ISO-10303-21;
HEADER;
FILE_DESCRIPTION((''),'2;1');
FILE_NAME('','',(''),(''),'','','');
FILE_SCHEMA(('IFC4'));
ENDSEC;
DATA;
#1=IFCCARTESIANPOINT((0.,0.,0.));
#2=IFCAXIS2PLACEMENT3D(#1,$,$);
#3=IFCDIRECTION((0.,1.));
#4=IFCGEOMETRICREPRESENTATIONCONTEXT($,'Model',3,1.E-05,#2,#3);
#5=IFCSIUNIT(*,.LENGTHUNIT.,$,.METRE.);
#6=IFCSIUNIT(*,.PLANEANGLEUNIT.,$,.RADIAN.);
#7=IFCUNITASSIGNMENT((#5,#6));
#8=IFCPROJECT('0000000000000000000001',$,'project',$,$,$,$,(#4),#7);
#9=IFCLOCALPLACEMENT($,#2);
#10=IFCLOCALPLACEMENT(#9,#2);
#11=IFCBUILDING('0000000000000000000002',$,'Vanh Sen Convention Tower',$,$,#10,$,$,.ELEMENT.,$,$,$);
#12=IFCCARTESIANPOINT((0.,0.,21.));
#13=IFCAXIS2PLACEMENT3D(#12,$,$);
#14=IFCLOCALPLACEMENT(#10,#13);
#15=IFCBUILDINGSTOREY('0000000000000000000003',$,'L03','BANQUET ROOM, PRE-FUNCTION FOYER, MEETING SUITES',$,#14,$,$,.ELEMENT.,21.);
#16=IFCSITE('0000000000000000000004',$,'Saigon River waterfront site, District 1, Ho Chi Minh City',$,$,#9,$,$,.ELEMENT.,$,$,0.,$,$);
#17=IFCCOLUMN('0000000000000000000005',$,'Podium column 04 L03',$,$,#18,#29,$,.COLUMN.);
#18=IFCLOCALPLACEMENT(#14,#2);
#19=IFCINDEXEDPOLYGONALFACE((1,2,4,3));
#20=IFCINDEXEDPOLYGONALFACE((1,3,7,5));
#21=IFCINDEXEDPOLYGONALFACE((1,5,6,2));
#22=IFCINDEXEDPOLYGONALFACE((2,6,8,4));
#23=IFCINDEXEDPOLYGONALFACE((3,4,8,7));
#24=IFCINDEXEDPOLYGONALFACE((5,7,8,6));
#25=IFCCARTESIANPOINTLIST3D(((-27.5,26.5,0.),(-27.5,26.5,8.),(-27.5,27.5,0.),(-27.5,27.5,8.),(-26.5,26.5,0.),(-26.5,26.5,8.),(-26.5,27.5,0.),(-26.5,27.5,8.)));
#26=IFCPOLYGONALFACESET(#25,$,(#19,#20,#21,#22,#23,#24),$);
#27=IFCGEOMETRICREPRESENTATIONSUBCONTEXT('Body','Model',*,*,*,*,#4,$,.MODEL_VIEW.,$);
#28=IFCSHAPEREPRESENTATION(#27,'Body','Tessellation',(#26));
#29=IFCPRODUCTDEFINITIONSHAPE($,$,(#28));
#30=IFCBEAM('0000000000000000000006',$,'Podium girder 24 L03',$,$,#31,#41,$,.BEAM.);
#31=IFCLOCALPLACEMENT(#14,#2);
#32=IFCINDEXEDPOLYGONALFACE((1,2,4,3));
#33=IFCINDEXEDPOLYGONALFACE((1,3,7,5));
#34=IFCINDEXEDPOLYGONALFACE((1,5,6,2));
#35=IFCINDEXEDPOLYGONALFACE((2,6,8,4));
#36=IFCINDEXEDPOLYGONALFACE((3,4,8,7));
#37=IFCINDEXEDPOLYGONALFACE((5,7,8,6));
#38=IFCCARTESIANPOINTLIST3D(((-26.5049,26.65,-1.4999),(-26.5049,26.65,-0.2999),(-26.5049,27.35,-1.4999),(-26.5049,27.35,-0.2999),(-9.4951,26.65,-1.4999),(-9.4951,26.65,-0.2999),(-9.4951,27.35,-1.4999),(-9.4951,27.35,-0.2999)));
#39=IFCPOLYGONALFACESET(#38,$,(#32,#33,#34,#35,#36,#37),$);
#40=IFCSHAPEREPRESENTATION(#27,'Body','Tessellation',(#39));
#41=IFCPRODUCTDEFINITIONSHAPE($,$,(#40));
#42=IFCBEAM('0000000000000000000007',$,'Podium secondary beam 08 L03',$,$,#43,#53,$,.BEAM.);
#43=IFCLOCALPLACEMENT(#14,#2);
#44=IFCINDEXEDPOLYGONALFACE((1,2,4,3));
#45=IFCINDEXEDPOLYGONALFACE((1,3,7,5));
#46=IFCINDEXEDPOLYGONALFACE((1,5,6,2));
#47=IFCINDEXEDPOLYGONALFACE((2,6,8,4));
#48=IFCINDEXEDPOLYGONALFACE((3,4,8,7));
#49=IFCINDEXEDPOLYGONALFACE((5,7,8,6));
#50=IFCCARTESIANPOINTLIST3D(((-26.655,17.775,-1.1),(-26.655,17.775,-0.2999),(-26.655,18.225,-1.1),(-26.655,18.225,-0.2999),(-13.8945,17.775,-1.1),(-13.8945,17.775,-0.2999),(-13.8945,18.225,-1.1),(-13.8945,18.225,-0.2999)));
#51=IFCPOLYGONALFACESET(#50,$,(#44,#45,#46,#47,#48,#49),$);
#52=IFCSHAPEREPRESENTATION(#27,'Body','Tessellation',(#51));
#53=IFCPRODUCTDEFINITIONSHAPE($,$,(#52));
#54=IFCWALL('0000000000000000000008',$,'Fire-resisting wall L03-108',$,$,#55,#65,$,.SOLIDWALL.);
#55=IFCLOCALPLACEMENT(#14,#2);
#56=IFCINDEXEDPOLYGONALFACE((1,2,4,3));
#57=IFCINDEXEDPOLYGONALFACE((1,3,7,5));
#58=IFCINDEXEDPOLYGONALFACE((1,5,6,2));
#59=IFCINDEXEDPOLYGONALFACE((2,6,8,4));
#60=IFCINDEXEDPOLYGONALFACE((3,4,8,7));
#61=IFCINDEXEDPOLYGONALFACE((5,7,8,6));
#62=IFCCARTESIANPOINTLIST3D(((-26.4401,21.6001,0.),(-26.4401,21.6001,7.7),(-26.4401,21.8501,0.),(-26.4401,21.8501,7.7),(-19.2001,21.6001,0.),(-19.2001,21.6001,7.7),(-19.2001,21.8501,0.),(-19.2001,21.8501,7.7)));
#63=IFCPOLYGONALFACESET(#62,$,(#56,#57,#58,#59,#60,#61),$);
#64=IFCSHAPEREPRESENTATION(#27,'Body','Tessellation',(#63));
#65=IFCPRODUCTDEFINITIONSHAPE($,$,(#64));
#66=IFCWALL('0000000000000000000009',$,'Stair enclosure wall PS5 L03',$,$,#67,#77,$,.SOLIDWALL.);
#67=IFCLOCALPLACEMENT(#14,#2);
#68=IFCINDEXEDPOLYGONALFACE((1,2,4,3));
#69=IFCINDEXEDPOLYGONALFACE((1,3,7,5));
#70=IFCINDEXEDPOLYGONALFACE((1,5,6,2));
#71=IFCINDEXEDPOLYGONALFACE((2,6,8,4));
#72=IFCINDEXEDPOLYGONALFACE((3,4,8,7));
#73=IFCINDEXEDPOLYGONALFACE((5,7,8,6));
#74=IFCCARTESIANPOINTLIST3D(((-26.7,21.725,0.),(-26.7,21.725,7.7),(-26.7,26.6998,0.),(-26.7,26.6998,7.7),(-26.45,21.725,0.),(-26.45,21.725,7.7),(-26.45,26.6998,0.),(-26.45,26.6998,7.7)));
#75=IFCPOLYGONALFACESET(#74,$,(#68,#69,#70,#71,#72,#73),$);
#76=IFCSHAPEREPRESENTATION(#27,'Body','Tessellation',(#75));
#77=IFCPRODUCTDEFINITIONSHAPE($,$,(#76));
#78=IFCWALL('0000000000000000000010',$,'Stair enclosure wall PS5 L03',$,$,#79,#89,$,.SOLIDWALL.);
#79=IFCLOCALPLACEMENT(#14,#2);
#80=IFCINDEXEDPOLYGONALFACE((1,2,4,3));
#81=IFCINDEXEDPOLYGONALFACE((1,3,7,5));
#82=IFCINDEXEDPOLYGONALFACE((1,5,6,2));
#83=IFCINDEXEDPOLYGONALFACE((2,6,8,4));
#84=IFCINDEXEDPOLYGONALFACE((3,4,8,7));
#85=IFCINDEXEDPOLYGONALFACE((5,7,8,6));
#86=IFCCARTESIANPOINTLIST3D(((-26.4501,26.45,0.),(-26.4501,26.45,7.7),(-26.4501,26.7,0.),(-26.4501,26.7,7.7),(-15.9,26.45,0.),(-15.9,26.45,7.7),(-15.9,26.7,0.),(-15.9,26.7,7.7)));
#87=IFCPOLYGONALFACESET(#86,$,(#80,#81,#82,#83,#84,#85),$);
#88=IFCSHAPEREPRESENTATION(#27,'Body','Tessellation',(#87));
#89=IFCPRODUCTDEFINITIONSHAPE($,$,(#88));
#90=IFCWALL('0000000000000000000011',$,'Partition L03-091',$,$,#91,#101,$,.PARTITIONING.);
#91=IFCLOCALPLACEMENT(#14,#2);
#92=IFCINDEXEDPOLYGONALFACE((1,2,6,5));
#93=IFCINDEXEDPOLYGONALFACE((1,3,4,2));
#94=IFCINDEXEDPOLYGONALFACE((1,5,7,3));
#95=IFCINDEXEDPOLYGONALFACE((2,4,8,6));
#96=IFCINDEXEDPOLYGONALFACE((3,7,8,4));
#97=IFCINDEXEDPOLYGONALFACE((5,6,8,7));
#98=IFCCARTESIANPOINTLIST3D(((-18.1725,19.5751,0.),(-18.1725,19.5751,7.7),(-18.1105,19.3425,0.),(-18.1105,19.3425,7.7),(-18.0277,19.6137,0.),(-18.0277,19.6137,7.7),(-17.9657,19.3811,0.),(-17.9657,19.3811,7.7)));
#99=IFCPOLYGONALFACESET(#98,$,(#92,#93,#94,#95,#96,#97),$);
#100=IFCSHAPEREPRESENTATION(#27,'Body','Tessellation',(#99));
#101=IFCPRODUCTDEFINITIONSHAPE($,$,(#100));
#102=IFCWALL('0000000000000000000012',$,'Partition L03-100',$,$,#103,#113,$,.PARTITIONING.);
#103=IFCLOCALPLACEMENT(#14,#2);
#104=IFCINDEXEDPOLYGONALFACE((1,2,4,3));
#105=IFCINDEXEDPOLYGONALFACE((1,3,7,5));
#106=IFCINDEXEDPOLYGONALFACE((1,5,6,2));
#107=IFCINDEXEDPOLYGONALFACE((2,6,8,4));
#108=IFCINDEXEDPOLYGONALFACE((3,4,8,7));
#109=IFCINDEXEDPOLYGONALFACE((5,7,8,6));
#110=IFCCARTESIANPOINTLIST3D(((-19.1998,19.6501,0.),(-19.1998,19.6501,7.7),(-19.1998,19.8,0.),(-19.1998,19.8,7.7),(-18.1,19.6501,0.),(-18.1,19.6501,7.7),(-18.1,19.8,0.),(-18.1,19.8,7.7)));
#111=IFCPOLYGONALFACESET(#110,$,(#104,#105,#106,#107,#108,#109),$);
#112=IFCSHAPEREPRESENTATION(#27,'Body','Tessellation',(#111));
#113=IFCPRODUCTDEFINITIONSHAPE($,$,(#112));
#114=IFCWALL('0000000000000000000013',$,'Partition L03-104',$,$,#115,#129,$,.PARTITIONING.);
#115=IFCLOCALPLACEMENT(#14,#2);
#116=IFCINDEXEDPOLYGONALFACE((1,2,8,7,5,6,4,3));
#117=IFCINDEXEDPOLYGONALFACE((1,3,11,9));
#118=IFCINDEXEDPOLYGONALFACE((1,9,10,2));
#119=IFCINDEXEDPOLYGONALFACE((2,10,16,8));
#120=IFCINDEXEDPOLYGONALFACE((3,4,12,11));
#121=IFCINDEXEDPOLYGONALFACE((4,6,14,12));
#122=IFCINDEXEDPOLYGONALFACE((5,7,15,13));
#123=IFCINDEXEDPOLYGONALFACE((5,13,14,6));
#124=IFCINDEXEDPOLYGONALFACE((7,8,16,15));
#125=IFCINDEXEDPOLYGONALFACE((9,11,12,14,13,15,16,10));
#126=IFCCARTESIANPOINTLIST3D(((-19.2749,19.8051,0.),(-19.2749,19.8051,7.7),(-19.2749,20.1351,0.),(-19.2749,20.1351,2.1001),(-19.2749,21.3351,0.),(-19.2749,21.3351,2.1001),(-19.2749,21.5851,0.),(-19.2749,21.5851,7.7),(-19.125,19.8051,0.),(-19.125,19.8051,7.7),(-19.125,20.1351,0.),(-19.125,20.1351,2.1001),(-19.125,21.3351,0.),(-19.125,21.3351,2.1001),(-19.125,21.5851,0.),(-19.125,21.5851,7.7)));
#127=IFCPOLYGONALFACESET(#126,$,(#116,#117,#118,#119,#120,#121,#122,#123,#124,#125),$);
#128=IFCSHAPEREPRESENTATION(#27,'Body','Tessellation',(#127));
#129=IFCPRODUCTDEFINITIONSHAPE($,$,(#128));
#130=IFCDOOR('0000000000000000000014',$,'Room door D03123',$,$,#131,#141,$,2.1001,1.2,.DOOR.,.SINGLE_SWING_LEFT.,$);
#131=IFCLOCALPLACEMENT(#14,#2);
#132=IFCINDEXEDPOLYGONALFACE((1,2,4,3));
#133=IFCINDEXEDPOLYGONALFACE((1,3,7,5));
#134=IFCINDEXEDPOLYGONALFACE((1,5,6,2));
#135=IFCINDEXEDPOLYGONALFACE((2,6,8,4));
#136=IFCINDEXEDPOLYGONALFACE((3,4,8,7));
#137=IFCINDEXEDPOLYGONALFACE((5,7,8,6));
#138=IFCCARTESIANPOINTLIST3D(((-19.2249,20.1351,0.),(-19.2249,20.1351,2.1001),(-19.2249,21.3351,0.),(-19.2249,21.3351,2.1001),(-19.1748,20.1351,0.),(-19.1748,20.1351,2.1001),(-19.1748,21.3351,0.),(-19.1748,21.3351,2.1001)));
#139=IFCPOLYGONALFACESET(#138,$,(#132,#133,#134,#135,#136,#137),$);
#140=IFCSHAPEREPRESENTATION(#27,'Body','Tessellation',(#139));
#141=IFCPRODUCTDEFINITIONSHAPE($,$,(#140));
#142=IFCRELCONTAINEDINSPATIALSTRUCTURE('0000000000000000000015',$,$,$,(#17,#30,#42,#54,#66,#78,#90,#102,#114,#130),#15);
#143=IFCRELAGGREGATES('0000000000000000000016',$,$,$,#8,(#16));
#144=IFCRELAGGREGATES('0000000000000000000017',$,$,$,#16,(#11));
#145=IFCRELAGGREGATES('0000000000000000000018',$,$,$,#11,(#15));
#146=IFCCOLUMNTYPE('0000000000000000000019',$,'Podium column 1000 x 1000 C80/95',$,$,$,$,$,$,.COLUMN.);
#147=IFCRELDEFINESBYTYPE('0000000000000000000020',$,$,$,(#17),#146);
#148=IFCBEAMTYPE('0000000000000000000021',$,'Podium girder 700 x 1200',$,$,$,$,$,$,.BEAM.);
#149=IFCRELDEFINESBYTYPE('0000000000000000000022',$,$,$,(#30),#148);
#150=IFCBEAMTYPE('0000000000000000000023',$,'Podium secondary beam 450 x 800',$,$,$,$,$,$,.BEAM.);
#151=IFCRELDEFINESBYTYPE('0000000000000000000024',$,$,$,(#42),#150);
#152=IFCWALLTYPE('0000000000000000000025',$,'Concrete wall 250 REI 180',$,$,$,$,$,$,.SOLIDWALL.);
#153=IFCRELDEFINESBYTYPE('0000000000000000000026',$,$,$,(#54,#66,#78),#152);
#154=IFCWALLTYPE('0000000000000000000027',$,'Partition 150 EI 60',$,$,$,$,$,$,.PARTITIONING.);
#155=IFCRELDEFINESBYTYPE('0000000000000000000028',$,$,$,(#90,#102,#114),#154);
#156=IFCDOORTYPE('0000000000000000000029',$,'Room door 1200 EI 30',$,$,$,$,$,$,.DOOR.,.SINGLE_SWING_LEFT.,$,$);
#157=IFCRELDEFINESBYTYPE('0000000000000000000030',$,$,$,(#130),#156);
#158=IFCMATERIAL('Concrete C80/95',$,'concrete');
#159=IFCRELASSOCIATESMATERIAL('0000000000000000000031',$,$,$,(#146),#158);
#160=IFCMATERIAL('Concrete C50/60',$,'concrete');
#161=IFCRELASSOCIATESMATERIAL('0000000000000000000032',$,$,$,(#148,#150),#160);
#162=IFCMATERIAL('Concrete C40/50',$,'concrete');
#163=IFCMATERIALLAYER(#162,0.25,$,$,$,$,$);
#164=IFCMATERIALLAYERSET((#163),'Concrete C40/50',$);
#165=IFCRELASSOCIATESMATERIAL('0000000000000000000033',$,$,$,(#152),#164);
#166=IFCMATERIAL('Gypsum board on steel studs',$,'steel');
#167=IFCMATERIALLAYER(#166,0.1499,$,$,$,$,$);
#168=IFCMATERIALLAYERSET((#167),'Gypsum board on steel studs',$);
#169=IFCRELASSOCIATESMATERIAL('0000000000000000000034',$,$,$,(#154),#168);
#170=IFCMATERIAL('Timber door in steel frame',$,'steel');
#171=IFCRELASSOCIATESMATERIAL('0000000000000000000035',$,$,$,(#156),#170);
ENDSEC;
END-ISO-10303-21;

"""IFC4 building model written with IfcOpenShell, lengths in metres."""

from ifc_helpers import new_model, si_unit, direction, frame, frame_2d, origin, origin_2d, place, context, subcontext, project, spatial, rectangle, extrude, material, layer, layer_set, material_profile, profile_set, type_object, element, fill, save


model = new_model("IFC4")

# Units and contexts
model_context = context("Model", 3, precision=1e-05, world=origin(), true_north=direction((0.0, 1.0)))
body_context = subcontext(model_context, "Body", "Model", "MODEL_VIEW")
ifc_project = project(units=[si_unit("LENGTHUNIT", "METRE"), si_unit("PLANEANGLEUNIT", "RADIAN")], contexts=[model_context])

# Site, building, storey
site_placement = place(None, origin())
site = spatial("IfcSite", under=ifc_project, at=site_placement, Name="Saigon River waterfront site, District 1, Ho Chi Minh City", CompositionType="ELEMENT", RefElevation=0.0)
building_placement = place(site_placement, origin())
building = spatial("IfcBuilding", under=site, at=building_placement, Name="Vanh Sen Convention Tower", CompositionType="ELEMENT")
storey_placement = place(building_placement, frame((0.0, 0.0, 21.0)))
storey = spatial("IfcBuildingStorey", under=building, at=storey_placement, Name="L03", Description="BANQUET ROOM, PRE-FUNCTION FOYER, MEETING SUITES", CompositionType="ELEMENT", Elevation=21.0)

# Column
ifc_material_1 = material(Name="Concrete C80/95", Category="concrete")
ifc_material_profile_1 = material_profile(ifc_material_1, rectangle(XDim=1.0, YDim=1.0, at=origin_2d()), Name="RC 1000X1000")
ifc_profile_set_1 = profile_set([ifc_material_profile_1], Name="Concrete C80/95")
column_type = type_object("IfcColumnType", Name="Podium column 1000 x 1000 C80/95", PredefinedType="COLUMN", material=ifc_profile_set_1)
column_placement = place(storey_placement, frame((-27.0, 27.0, 0.0), z_axis=(0.0, 0.0, 1.0), x_axis=(1.0, 0.0, 0.0)))
element("IfcColumn", 1, at=column_placement, inside=storey, type_object=column_type, Name="Podium column 04 L03", PredefinedType="COLUMN", context=body_context, shape_type="SweptSolid", body=[
    extrude(rectangle(XDim=1.0, YDim=1.0, at=origin_2d()), origin(), (0.0, 0.0, 1.0), 8.0),
])

# Beams
ifc_material_2 = material(Name="Concrete C50/60", Category="concrete")
ifc_material_profile_2 = material_profile(ifc_material_2, rectangle(XDim=0.7, YDim=1.2, at=origin_2d()), Name="RC 700X1200")
ifc_profile_set_2 = profile_set([ifc_material_profile_2], Name="Concrete C50/60")
beam_type_1 = type_object("IfcBeamType", Name="Podium girder 700 x 1200", PredefinedType="BEAM", material=ifc_profile_set_2)
beam_1_placement = place(storey_placement, frame((-26.5049, 27.0, -0.8999), z_axis=(1.0, 0.0, 0.0), x_axis=(0.0, 1.0, 0.0)))
element("IfcBeam", 2, at=beam_1_placement, inside=storey, type_object=beam_type_1, Name="Podium girder 24 L03", PredefinedType="BEAM", context=body_context, shape_type="SweptSolid", body=[
    extrude(rectangle(XDim=0.7, YDim=1.2, at=origin_2d()), origin(), (0.0, 0.0, 1.0), 17.0098),
])
ifc_material_profile_3 = material_profile(ifc_material_2, rectangle(XDim=0.45, YDim=0.8, at=origin_2d()), Name="RC 450X800")
ifc_profile_set_3 = profile_set([ifc_material_profile_3], Name="Concrete C50/60")
beam_type_2 = type_object("IfcBeamType", Name="Podium secondary beam 450 x 800", PredefinedType="BEAM", material=ifc_profile_set_3)
beam_2_placement = place(storey_placement, frame((-26.655, 18.0, -0.7), z_axis=(1.0, 0.0, 0.0), x_axis=(0.0, 1.0, 0.0)))
element("IfcBeam", 3, at=beam_2_placement, inside=storey, type_object=beam_type_2, Name="Podium secondary beam 08 L03", PredefinedType="BEAM", context=body_context, shape_type="SweptSolid", body=[
    extrude(rectangle(XDim=0.45, YDim=0.8, at=origin_2d()), origin(), (0.0, 0.0, 1.0), 12.7605),
])

# Wall
ifc_material_3 = material(Name="Concrete C40/50", Category="concrete")
ifc_layer_1 = layer(ifc_material_3, 0.25)
ifc_layer_set_1 = layer_set([ifc_layer_1], Name="Concrete C40/50")
wall_type_1 = type_object("IfcWallType", Name="Concrete wall 250 REI 180", PredefinedType="SOLIDWALL", material=ifc_layer_set_1)
wall_1_placement = place(storey_placement, frame((-19.2, 21.7251, 0.0), z_axis=(0.0, 0.0, 1.0), x_axis=(-1.0, 0.0, 0.0)))
element("IfcWall", 4, at=wall_1_placement, inside=storey, type_object=wall_type_1, Name="Fire-resisting wall L03-108", PredefinedType="SOLIDWALL", context=body_context, shape_type="SweptSolid", body=[
    extrude(rectangle(XDim=7.24, YDim=0.25, at=frame_2d((3.6201, 0.0))), origin(), (0.0, 0.0, 1.0), 7.7),
])

# Walls
wall_2_placement = place(storey_placement, frame((-26.575, 21.7251, 0.0), z_axis=(0.0, 0.0, 1.0), x_axis=(0.0, 1.0, 0.0)))
element("IfcWall", 5, at=wall_2_placement, inside=storey, type_object=wall_type_1, Name="Stair enclosure wall PS5 L03", PredefinedType="SOLIDWALL", context=body_context, shape_type="SweptSolid", body=[
    extrude(rectangle(XDim=4.9749, YDim=0.25, at=frame_2d((2.4873, 0.0))), origin(), (0.0, 0.0, 1.0), 7.7),
])
wall_3_placement = place(storey_placement, frame((-26.45, 26.575, 0.0), z_axis=(0.0, 0.0, 1.0), x_axis=(1.0, 0.0, 0.0)))
element("IfcWall", 6, at=wall_3_placement, inside=storey, type_object=wall_type_1, Name="Stair enclosure wall PS5 L03", PredefinedType="SOLIDWALL", context=body_context, shape_type="SweptSolid", body=[
    extrude(rectangle(XDim=10.55, YDim=0.25, at=frame_2d((5.2749, 0.0))), origin(), (0.0, 0.0, 1.0), 7.7),
])
ifc_material_4 = material(Name="Gypsum board on steel studs", Category="steel")
ifc_layer_2 = layer(ifc_material_4, 0.1499)
ifc_layer_set_2 = layer_set([ifc_layer_2], Name="Gypsum board on steel studs")
wall_type_2 = type_object("IfcWallType", Name="Partition 150 EI 60", PredefinedType="PARTITIONING", material=ifc_layer_set_2)
wall_4_placement = place(storey_placement, frame((-18.0381, 19.3618, 0.0), z_axis=(0.0, 0.0, 1.0), x_axis=(-0.257536, 0.966269, 0.0)))
element("IfcWall", 7, at=wall_4_placement, inside=storey, type_object=wall_type_2, Name="Partition L03-091", PredefinedType="PARTITIONING", context=body_context, shape_type="SweptSolid", body=[
    extrude(rectangle(XDim=0.2407, YDim=0.1499, at=frame_2d((0.1204, 0.0))), origin(), (0.0, 0.0, 1.0), 7.7),
])
wall_5_placement = place(storey_placement, frame((-18.1001, 19.7251, 0.0), z_axis=(0.0, 0.0, 1.0), x_axis=(-1.0, 0.0, 0.0)))
element("IfcWall", 8, at=wall_5_placement, inside=storey, type_object=wall_type_2, Name="Partition L03-100", PredefinedType="PARTITIONING", context=body_context, shape_type="SweptSolid", body=[
    extrude(rectangle(XDim=1.0999, YDim=0.1499, at=frame_2d((0.5498, 0.0))), origin(), (0.0, 0.0, 1.0), 7.7),
])

# Wall, opening, door
wall_6_placement = place(storey_placement, frame((-19.2, 19.8049, 0.0), z_axis=(0.0, 0.0, 1.0), x_axis=(0.0, 1.0, 0.0)))
wall_6 = element("IfcWall", 9, at=wall_6_placement, inside=storey, type_object=wall_type_2, Name="Partition L03-104", PredefinedType="PARTITIONING", context=body_context, shape_type="SweptSolid", body=[
    extrude(rectangle(XDim=1.78, YDim=0.1499, at=frame_2d((0.8901, 0.0))), origin(), (0.0, 0.0, 1.0), 7.7),
])
opening_1_placement = place(wall_6_placement, frame((0.3301, 0.0, 0.0)))
opening_1 = element("IfcOpeningElement", 10, at=opening_1_placement, cuts=wall_6, PredefinedType="OPENING", context=body_context, shape_type="SweptSolid", body=[
    extrude(rectangle(XDim=1.2, YDim=2.1001, at=frame_2d((0.6001, 1.05))), frame((0.0, 0.085, 0.0), z_axis=(0.0, -1.0, 0.0), x_axis=(1.0, 0.0, 0.0)), (0.0, 0.0, 1.0), 0.1699),
])
ifc_material_5 = material(Name="Timber door in steel frame", Category="steel")
door_type_1 = type_object("IfcDoorType", Name="Room door 1200 EI 30", OperationType="SINGLE_SWING_LEFT", PredefinedType="DOOR", material=ifc_material_5)
door_1_placement = place(opening_1_placement, origin())
door_1 = element("IfcDoor", 11, at=door_1_placement, inside=storey, type_object=door_type_1, Name="Room door D03123", OperationType="SINGLE_SWING_LEFT", OverallHeight=2.1001, OverallWidth=1.2, PredefinedType="DOOR", context=body_context, shape_type="SweptSolid", body=[
    extrude(rectangle(XDim=1.2, YDim=2.1001, at=frame_2d((0.6001, 1.05))), frame((0.0, 0.0249, 0.0), z_axis=(0.0, -1.0, 0.0), x_axis=(1.0, 0.0, 0.0)), (0.0, 0.0, 1.0), 0.05),
])
fill(opening_1, door_1)

save(model, "model.ifc")
